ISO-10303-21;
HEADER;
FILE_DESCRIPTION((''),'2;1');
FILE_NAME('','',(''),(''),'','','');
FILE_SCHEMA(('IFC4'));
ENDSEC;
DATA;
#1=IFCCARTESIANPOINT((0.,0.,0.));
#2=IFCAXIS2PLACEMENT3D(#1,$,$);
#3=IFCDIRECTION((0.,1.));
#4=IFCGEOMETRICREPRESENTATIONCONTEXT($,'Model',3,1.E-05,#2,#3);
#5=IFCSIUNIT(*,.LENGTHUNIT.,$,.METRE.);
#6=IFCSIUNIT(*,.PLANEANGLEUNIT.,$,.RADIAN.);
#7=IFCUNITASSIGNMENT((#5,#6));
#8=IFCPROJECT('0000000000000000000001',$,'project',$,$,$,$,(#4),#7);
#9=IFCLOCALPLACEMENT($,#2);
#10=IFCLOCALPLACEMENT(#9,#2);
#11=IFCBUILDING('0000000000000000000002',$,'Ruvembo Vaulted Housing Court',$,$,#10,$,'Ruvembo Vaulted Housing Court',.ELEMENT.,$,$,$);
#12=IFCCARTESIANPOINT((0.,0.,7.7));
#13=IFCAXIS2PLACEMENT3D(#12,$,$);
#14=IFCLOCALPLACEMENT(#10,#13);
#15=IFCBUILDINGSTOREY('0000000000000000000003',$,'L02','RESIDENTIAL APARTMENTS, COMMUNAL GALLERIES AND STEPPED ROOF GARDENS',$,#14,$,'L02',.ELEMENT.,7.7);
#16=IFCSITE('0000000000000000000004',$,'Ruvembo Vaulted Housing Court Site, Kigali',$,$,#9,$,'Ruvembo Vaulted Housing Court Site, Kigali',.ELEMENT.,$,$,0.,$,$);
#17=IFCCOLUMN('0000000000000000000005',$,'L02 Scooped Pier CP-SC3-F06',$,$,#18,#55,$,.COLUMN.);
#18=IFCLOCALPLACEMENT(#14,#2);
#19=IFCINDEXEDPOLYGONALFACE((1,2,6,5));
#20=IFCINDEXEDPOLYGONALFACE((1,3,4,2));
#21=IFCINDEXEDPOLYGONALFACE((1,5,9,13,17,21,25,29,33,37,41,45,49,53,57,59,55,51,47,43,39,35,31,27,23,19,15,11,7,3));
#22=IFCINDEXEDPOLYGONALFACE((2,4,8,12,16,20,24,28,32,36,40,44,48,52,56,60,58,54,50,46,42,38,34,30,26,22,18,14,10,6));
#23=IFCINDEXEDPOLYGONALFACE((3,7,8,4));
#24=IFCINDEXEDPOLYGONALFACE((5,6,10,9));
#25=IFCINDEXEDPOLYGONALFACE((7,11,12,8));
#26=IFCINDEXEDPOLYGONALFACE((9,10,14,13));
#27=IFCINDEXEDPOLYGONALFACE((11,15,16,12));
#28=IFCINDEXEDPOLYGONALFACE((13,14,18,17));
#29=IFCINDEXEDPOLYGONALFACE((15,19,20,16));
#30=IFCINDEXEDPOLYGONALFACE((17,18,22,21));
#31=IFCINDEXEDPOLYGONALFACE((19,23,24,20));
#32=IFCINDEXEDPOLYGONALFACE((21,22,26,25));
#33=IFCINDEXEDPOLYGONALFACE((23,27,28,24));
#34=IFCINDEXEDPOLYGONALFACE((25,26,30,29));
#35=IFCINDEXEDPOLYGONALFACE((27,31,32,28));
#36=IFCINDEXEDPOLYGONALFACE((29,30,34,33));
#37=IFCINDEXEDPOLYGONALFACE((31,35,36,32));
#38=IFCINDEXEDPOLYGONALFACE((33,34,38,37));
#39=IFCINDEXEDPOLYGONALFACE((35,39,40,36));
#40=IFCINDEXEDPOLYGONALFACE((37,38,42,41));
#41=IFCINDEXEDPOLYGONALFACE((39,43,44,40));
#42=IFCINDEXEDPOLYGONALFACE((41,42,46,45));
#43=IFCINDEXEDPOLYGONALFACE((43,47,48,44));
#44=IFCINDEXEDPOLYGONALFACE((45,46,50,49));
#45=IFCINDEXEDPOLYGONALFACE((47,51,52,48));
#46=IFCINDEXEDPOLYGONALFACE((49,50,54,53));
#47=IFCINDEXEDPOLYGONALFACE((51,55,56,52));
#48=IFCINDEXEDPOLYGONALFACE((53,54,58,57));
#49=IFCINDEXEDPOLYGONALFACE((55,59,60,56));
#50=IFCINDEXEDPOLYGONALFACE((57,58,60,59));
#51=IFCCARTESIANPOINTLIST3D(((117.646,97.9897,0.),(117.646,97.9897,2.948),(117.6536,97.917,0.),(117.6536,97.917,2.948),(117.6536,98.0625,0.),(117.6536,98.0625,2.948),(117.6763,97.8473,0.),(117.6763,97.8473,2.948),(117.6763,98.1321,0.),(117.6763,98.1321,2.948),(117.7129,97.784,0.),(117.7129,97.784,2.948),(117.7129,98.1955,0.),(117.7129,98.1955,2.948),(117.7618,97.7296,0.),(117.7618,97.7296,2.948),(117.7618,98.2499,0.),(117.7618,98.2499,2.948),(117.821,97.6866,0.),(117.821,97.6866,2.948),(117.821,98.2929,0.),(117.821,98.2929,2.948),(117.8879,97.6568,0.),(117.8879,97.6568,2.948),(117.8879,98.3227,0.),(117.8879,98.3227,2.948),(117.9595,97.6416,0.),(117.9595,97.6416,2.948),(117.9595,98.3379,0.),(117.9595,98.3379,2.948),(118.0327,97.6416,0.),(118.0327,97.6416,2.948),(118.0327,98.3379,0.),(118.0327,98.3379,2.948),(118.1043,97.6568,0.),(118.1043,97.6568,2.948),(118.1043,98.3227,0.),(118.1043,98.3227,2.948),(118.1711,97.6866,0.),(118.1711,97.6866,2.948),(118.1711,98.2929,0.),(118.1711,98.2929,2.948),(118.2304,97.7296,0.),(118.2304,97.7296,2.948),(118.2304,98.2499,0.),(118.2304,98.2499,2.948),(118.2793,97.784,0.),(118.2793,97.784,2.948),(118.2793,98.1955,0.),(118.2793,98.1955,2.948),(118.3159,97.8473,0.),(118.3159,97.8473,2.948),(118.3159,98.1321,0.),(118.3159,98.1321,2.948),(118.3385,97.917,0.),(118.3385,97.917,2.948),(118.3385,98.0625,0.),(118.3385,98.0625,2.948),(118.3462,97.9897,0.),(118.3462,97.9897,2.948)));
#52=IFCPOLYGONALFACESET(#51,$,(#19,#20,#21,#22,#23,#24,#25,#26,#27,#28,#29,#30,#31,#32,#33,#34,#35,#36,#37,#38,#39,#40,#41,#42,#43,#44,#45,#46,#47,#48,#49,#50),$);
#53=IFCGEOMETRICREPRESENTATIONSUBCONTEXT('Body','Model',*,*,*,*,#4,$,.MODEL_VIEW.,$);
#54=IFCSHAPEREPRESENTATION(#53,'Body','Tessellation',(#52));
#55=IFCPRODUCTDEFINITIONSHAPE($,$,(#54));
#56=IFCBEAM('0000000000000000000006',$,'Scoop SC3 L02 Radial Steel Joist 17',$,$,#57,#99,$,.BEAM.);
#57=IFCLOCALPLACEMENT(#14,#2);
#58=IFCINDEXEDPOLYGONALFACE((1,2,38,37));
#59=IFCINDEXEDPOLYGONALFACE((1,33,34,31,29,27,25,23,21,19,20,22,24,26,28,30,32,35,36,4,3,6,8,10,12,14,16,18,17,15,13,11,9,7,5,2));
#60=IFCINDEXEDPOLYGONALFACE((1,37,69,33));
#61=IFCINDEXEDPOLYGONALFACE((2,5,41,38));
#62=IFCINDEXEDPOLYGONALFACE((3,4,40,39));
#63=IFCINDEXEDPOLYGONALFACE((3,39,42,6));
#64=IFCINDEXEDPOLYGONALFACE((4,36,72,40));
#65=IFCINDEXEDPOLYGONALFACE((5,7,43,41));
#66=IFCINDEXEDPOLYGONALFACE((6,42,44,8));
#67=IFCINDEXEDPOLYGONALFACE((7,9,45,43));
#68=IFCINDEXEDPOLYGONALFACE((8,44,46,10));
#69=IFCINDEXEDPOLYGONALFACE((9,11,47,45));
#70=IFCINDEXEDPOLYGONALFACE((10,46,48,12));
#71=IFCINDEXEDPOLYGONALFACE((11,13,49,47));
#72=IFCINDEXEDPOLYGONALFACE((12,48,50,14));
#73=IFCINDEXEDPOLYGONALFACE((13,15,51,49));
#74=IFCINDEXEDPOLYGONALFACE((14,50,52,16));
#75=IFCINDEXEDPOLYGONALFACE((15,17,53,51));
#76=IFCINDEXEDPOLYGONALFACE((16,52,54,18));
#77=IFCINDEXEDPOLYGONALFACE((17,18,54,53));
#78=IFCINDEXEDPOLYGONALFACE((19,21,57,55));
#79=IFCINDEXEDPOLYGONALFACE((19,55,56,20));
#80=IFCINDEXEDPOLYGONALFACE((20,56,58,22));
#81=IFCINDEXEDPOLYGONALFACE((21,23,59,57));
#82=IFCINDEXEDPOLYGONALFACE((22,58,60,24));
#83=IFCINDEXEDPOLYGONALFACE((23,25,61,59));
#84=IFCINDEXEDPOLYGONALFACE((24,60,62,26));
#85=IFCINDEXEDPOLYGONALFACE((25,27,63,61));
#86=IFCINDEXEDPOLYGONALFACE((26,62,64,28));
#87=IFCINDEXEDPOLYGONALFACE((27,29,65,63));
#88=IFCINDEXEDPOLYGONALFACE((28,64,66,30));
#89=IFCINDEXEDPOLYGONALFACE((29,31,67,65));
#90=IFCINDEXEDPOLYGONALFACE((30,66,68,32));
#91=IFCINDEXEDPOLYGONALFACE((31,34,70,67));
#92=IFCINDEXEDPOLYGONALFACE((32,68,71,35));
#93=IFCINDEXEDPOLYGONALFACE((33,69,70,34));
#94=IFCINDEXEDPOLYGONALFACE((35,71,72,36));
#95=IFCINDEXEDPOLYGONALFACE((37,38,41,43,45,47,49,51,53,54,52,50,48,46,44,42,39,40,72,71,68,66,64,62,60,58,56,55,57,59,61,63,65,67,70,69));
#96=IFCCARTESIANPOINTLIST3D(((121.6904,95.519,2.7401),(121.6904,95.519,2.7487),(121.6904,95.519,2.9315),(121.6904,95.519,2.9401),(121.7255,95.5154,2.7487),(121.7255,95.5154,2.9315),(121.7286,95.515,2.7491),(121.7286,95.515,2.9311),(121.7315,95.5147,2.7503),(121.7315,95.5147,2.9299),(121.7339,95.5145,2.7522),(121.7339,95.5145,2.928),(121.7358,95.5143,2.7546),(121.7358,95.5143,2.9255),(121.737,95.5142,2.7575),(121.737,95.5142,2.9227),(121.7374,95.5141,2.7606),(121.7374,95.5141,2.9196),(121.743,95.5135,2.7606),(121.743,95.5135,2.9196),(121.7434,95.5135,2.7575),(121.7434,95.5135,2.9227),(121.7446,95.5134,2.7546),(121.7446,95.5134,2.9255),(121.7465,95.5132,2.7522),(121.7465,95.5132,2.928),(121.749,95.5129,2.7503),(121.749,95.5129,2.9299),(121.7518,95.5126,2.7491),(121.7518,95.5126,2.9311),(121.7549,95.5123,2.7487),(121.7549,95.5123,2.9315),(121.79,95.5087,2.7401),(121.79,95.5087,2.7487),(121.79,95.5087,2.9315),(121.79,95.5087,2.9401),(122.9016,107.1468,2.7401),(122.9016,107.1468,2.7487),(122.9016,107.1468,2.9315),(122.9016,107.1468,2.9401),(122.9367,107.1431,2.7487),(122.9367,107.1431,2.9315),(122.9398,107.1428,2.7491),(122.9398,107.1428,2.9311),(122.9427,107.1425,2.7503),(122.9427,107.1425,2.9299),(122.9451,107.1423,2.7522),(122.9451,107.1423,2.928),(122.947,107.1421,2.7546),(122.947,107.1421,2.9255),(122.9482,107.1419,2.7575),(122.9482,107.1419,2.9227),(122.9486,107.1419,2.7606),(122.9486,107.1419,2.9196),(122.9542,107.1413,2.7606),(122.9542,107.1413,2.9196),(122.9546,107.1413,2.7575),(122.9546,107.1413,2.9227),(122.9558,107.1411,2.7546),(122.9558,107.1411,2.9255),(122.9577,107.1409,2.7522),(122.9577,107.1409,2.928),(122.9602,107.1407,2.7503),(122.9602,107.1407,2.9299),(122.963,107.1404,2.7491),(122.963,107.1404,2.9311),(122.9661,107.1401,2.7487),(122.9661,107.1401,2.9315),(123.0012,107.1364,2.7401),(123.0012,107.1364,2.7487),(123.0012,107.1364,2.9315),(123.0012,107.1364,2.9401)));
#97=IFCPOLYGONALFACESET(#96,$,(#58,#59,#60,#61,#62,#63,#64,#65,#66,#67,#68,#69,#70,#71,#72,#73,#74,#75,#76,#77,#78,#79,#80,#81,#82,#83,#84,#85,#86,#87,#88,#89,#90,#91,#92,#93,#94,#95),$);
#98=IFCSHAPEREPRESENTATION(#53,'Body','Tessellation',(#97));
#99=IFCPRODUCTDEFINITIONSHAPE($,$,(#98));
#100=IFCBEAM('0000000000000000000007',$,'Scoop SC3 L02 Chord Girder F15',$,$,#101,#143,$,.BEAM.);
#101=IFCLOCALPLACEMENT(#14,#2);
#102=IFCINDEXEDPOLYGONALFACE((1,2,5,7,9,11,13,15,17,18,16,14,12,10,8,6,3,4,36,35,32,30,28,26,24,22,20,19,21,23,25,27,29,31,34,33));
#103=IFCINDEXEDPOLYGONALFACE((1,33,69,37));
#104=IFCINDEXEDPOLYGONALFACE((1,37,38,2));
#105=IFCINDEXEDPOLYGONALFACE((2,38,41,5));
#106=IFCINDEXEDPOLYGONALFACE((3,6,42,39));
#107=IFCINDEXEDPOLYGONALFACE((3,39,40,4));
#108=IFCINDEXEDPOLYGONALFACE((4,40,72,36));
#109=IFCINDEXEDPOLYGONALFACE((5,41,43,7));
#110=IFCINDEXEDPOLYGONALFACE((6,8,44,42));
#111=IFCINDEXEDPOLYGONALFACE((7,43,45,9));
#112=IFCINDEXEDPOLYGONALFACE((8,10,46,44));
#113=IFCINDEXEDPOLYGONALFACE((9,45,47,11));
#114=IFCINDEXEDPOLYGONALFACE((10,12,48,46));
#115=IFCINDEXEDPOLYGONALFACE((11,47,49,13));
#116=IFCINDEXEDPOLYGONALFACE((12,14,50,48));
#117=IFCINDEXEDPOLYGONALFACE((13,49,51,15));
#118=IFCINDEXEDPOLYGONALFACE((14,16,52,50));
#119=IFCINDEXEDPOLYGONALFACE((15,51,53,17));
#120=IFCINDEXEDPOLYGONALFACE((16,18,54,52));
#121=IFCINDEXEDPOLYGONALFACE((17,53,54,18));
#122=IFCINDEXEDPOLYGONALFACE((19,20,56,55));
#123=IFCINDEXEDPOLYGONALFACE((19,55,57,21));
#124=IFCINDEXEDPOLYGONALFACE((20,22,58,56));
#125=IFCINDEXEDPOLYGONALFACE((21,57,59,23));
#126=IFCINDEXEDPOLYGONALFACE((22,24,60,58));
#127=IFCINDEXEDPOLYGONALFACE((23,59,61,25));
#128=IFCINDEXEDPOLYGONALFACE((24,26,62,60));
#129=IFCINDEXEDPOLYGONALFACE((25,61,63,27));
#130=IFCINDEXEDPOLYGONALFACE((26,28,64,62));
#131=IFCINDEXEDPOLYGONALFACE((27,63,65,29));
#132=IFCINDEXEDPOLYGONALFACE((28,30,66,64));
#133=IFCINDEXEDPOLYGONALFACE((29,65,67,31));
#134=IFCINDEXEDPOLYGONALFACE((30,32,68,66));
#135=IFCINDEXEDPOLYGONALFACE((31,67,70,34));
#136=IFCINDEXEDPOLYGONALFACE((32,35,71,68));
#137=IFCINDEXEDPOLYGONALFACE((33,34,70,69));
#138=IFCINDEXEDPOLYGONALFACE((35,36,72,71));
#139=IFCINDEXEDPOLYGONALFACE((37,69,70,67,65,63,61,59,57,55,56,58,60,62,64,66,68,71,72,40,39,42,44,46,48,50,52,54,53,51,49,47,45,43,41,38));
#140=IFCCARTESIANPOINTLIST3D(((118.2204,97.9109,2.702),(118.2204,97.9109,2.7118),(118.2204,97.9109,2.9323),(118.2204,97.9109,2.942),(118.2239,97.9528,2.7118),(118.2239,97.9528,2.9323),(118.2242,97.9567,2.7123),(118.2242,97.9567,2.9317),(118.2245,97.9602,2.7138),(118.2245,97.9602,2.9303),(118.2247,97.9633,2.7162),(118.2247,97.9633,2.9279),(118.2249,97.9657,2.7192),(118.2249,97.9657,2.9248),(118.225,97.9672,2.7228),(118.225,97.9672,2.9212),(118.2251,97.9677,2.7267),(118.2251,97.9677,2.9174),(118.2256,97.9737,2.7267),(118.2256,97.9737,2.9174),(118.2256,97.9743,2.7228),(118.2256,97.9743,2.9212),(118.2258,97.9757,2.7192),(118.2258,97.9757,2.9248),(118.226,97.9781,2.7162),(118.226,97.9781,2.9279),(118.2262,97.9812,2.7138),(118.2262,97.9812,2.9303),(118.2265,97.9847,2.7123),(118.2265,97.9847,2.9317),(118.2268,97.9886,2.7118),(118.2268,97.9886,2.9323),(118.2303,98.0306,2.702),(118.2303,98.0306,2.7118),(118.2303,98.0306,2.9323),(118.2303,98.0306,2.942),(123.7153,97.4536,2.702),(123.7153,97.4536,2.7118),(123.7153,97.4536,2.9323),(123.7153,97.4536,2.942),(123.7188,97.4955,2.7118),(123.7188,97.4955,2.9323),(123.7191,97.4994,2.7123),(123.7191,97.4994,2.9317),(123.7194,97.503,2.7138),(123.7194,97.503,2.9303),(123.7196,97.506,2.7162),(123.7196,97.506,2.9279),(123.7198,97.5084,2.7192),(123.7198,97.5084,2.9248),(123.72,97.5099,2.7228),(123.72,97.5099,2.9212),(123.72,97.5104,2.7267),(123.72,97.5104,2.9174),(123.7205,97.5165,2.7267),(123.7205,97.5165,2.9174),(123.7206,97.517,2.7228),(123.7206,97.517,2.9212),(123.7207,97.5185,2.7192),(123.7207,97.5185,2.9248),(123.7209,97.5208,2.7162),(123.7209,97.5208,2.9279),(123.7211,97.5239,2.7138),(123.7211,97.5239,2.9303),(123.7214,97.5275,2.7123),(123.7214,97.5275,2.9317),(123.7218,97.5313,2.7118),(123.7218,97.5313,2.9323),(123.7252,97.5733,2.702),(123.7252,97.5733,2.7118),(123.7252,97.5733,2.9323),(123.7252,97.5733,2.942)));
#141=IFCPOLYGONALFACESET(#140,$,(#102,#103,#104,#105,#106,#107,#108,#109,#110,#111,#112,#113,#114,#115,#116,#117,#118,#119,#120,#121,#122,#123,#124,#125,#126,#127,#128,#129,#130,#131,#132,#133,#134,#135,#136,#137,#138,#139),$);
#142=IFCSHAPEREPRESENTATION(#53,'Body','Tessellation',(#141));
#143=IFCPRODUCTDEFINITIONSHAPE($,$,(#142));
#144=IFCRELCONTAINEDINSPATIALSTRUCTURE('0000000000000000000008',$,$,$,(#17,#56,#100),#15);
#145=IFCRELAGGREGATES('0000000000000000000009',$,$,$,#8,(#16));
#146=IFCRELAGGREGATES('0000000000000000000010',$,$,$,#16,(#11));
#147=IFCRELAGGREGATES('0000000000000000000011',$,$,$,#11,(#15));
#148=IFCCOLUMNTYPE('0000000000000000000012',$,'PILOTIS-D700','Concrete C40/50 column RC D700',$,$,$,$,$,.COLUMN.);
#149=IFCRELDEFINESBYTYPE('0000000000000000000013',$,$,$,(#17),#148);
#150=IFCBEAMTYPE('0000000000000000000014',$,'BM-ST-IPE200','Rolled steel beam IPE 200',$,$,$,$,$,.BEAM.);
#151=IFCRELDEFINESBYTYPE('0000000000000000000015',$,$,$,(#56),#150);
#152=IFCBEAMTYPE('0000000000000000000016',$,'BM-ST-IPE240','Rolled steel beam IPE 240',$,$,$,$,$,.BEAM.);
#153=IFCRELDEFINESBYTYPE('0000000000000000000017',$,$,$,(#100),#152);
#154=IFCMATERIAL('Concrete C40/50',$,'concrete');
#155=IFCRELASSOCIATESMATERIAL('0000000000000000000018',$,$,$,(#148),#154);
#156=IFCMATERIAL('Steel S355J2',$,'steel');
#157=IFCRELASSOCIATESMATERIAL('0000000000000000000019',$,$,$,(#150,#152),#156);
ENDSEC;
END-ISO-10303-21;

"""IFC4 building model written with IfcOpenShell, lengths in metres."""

from ifc_helpers import new_model, si_unit, direction, frame, origin, origin_2d, place, context, subcontext, project, spatial, circle, i_section, extrude, material, material_profile, profile_set, type_object, element, save


model = new_model("IFC4")

# Units and contexts
model_context = context("Model", 3, precision=1e-05, world=origin(), true_north=direction((0.0, 1.0)))
body_context = subcontext(model_context, "Body", "Model", "MODEL_VIEW")
ifc_project = project(units=[si_unit("LENGTHUNIT", "METRE"), si_unit("PLANEANGLEUNIT", "RADIAN")], contexts=[model_context])

# Site, building, storey
site_placement = place(None, origin())
site = spatial("IfcSite", under=ifc_project, at=site_placement, Name="Ruvembo Vaulted Housing Court Site, Kigali", LongName="Ruvembo Vaulted Housing Court Site, Kigali", CompositionType="ELEMENT", RefElevation=0.0)
building_placement = place(site_placement, origin())
building = spatial("IfcBuilding", under=site, at=building_placement, Name="Ruvembo Vaulted Housing Court", LongName="Ruvembo Vaulted Housing Court", CompositionType="ELEMENT")
storey_placement = place(building_placement, frame((0.0, 0.0, 7.7)))
storey = spatial("IfcBuildingStorey", under=building, at=storey_placement, Name="L02", Description="RESIDENTIAL APARTMENTS, COMMUNAL GALLERIES AND STEPPED ROOF GARDENS", LongName="L02", CompositionType="ELEMENT", Elevation=7.7)

# Column
ifc_material_1 = material(Name="Concrete C40/50", Category="concrete")
ifc_material_profile_1 = material_profile(ifc_material_1, circle(Radius=0.3501, at=origin_2d()), Name="RC D700")
ifc_profile_set_1 = profile_set([ifc_material_profile_1], Name="Concrete C40/50")
column_type = type_object("IfcColumnType", Name="PILOTIS-D700", Description="Concrete C40/50 column RC D700", PredefinedType="COLUMN", material=ifc_profile_set_1)
column_placement = place(storey_placement, frame((117.9961, 97.9897, 0.0), z_axis=(0.0, 0.0, 1.0), x_axis=(1.0, 0.0, 0.0)))
element("IfcColumn", 1, at=column_placement, inside=storey, type_object=column_type, Name="L02 Scooped Pier CP-SC3-F06", PredefinedType="COLUMN", context=body_context, shape_type="SweptSolid", body=[
    extrude(circle(Radius=0.3501, at=origin_2d()), origin(), (0.0, 0.0, 1.0), 2.948),
])

# Beams
ifc_material_2 = material(Name="Steel S355J2", Category="steel")
ifc_material_profile_2 = material_profile(ifc_material_2, i_section(OverallWidth=0.1001, OverallDepth=0.2, WebThickness=0.0056, FlangeThickness=0.0085, FilletRadius=0.012, at=origin_2d()), Name="IPE 200")
ifc_profile_set_2 = profile_set([ifc_material_profile_2], Name="Steel S355J2")
beam_type_1 = type_object("IfcBeamType", Name="BM-ST-IPE200", Description="Rolled steel beam IPE 200", PredefinedType="BEAM", material=ifc_profile_set_2)
beam_1_placement = place(storey_placement, frame((122.9514, 107.1416, 2.8401), z_axis=(-0.103603, -0.994619, 0.0), x_axis=(0.994619, -0.103603, 0.0)))
element("IfcBeam", 2, at=beam_1_placement, inside=storey, type_object=beam_type_1, Name="Scoop SC3 L02 Radial Steel Joist 17", PredefinedType="BEAM", context=body_context, shape_type="SweptSolid", body=[
    extrude(i_section(OverallWidth=0.1001, OverallDepth=0.2, WebThickness=0.0056, FlangeThickness=0.0085, FilletRadius=0.012, at=origin_2d()), origin(), (0.0, 0.0, 1.0), 11.6907),
])
ifc_material_profile_3 = material_profile(ifc_material_2, i_section(OverallWidth=0.1201, OverallDepth=0.24, WebThickness=0.0061, FlangeThickness=0.0098, FilletRadius=0.0149, at=origin_2d()), Name="IPE 240")
ifc_profile_set_3 = profile_set([ifc_material_profile_3], Name="Steel S355J2")
beam_type_2 = type_object("IfcBeamType", Name="BM-ST-IPE240", Description="Rolled steel beam IPE 240", PredefinedType="BEAM", material=ifc_profile_set_3)
beam_2_placement = place(storey_placement, frame((118.2253, 97.9707, 2.822), z_axis=(0.996555, -0.082932, 0.0), x_axis=(0.082932, 0.996555, 0.0)))
element("IfcBeam", 3, at=beam_2_placement, inside=storey, type_object=beam_type_2, Name="Scoop SC3 L02 Chord Girder F15", PredefinedType="BEAM", context=body_context, shape_type="SweptSolid", body=[
    extrude(i_section(OverallWidth=0.1201, OverallDepth=0.24, WebThickness=0.0061, FlangeThickness=0.0098, FilletRadius=0.0149, at=origin_2d()), origin(), (0.0, 0.0, 1.0), 5.5139),
])

save(model, "model.ifc")
